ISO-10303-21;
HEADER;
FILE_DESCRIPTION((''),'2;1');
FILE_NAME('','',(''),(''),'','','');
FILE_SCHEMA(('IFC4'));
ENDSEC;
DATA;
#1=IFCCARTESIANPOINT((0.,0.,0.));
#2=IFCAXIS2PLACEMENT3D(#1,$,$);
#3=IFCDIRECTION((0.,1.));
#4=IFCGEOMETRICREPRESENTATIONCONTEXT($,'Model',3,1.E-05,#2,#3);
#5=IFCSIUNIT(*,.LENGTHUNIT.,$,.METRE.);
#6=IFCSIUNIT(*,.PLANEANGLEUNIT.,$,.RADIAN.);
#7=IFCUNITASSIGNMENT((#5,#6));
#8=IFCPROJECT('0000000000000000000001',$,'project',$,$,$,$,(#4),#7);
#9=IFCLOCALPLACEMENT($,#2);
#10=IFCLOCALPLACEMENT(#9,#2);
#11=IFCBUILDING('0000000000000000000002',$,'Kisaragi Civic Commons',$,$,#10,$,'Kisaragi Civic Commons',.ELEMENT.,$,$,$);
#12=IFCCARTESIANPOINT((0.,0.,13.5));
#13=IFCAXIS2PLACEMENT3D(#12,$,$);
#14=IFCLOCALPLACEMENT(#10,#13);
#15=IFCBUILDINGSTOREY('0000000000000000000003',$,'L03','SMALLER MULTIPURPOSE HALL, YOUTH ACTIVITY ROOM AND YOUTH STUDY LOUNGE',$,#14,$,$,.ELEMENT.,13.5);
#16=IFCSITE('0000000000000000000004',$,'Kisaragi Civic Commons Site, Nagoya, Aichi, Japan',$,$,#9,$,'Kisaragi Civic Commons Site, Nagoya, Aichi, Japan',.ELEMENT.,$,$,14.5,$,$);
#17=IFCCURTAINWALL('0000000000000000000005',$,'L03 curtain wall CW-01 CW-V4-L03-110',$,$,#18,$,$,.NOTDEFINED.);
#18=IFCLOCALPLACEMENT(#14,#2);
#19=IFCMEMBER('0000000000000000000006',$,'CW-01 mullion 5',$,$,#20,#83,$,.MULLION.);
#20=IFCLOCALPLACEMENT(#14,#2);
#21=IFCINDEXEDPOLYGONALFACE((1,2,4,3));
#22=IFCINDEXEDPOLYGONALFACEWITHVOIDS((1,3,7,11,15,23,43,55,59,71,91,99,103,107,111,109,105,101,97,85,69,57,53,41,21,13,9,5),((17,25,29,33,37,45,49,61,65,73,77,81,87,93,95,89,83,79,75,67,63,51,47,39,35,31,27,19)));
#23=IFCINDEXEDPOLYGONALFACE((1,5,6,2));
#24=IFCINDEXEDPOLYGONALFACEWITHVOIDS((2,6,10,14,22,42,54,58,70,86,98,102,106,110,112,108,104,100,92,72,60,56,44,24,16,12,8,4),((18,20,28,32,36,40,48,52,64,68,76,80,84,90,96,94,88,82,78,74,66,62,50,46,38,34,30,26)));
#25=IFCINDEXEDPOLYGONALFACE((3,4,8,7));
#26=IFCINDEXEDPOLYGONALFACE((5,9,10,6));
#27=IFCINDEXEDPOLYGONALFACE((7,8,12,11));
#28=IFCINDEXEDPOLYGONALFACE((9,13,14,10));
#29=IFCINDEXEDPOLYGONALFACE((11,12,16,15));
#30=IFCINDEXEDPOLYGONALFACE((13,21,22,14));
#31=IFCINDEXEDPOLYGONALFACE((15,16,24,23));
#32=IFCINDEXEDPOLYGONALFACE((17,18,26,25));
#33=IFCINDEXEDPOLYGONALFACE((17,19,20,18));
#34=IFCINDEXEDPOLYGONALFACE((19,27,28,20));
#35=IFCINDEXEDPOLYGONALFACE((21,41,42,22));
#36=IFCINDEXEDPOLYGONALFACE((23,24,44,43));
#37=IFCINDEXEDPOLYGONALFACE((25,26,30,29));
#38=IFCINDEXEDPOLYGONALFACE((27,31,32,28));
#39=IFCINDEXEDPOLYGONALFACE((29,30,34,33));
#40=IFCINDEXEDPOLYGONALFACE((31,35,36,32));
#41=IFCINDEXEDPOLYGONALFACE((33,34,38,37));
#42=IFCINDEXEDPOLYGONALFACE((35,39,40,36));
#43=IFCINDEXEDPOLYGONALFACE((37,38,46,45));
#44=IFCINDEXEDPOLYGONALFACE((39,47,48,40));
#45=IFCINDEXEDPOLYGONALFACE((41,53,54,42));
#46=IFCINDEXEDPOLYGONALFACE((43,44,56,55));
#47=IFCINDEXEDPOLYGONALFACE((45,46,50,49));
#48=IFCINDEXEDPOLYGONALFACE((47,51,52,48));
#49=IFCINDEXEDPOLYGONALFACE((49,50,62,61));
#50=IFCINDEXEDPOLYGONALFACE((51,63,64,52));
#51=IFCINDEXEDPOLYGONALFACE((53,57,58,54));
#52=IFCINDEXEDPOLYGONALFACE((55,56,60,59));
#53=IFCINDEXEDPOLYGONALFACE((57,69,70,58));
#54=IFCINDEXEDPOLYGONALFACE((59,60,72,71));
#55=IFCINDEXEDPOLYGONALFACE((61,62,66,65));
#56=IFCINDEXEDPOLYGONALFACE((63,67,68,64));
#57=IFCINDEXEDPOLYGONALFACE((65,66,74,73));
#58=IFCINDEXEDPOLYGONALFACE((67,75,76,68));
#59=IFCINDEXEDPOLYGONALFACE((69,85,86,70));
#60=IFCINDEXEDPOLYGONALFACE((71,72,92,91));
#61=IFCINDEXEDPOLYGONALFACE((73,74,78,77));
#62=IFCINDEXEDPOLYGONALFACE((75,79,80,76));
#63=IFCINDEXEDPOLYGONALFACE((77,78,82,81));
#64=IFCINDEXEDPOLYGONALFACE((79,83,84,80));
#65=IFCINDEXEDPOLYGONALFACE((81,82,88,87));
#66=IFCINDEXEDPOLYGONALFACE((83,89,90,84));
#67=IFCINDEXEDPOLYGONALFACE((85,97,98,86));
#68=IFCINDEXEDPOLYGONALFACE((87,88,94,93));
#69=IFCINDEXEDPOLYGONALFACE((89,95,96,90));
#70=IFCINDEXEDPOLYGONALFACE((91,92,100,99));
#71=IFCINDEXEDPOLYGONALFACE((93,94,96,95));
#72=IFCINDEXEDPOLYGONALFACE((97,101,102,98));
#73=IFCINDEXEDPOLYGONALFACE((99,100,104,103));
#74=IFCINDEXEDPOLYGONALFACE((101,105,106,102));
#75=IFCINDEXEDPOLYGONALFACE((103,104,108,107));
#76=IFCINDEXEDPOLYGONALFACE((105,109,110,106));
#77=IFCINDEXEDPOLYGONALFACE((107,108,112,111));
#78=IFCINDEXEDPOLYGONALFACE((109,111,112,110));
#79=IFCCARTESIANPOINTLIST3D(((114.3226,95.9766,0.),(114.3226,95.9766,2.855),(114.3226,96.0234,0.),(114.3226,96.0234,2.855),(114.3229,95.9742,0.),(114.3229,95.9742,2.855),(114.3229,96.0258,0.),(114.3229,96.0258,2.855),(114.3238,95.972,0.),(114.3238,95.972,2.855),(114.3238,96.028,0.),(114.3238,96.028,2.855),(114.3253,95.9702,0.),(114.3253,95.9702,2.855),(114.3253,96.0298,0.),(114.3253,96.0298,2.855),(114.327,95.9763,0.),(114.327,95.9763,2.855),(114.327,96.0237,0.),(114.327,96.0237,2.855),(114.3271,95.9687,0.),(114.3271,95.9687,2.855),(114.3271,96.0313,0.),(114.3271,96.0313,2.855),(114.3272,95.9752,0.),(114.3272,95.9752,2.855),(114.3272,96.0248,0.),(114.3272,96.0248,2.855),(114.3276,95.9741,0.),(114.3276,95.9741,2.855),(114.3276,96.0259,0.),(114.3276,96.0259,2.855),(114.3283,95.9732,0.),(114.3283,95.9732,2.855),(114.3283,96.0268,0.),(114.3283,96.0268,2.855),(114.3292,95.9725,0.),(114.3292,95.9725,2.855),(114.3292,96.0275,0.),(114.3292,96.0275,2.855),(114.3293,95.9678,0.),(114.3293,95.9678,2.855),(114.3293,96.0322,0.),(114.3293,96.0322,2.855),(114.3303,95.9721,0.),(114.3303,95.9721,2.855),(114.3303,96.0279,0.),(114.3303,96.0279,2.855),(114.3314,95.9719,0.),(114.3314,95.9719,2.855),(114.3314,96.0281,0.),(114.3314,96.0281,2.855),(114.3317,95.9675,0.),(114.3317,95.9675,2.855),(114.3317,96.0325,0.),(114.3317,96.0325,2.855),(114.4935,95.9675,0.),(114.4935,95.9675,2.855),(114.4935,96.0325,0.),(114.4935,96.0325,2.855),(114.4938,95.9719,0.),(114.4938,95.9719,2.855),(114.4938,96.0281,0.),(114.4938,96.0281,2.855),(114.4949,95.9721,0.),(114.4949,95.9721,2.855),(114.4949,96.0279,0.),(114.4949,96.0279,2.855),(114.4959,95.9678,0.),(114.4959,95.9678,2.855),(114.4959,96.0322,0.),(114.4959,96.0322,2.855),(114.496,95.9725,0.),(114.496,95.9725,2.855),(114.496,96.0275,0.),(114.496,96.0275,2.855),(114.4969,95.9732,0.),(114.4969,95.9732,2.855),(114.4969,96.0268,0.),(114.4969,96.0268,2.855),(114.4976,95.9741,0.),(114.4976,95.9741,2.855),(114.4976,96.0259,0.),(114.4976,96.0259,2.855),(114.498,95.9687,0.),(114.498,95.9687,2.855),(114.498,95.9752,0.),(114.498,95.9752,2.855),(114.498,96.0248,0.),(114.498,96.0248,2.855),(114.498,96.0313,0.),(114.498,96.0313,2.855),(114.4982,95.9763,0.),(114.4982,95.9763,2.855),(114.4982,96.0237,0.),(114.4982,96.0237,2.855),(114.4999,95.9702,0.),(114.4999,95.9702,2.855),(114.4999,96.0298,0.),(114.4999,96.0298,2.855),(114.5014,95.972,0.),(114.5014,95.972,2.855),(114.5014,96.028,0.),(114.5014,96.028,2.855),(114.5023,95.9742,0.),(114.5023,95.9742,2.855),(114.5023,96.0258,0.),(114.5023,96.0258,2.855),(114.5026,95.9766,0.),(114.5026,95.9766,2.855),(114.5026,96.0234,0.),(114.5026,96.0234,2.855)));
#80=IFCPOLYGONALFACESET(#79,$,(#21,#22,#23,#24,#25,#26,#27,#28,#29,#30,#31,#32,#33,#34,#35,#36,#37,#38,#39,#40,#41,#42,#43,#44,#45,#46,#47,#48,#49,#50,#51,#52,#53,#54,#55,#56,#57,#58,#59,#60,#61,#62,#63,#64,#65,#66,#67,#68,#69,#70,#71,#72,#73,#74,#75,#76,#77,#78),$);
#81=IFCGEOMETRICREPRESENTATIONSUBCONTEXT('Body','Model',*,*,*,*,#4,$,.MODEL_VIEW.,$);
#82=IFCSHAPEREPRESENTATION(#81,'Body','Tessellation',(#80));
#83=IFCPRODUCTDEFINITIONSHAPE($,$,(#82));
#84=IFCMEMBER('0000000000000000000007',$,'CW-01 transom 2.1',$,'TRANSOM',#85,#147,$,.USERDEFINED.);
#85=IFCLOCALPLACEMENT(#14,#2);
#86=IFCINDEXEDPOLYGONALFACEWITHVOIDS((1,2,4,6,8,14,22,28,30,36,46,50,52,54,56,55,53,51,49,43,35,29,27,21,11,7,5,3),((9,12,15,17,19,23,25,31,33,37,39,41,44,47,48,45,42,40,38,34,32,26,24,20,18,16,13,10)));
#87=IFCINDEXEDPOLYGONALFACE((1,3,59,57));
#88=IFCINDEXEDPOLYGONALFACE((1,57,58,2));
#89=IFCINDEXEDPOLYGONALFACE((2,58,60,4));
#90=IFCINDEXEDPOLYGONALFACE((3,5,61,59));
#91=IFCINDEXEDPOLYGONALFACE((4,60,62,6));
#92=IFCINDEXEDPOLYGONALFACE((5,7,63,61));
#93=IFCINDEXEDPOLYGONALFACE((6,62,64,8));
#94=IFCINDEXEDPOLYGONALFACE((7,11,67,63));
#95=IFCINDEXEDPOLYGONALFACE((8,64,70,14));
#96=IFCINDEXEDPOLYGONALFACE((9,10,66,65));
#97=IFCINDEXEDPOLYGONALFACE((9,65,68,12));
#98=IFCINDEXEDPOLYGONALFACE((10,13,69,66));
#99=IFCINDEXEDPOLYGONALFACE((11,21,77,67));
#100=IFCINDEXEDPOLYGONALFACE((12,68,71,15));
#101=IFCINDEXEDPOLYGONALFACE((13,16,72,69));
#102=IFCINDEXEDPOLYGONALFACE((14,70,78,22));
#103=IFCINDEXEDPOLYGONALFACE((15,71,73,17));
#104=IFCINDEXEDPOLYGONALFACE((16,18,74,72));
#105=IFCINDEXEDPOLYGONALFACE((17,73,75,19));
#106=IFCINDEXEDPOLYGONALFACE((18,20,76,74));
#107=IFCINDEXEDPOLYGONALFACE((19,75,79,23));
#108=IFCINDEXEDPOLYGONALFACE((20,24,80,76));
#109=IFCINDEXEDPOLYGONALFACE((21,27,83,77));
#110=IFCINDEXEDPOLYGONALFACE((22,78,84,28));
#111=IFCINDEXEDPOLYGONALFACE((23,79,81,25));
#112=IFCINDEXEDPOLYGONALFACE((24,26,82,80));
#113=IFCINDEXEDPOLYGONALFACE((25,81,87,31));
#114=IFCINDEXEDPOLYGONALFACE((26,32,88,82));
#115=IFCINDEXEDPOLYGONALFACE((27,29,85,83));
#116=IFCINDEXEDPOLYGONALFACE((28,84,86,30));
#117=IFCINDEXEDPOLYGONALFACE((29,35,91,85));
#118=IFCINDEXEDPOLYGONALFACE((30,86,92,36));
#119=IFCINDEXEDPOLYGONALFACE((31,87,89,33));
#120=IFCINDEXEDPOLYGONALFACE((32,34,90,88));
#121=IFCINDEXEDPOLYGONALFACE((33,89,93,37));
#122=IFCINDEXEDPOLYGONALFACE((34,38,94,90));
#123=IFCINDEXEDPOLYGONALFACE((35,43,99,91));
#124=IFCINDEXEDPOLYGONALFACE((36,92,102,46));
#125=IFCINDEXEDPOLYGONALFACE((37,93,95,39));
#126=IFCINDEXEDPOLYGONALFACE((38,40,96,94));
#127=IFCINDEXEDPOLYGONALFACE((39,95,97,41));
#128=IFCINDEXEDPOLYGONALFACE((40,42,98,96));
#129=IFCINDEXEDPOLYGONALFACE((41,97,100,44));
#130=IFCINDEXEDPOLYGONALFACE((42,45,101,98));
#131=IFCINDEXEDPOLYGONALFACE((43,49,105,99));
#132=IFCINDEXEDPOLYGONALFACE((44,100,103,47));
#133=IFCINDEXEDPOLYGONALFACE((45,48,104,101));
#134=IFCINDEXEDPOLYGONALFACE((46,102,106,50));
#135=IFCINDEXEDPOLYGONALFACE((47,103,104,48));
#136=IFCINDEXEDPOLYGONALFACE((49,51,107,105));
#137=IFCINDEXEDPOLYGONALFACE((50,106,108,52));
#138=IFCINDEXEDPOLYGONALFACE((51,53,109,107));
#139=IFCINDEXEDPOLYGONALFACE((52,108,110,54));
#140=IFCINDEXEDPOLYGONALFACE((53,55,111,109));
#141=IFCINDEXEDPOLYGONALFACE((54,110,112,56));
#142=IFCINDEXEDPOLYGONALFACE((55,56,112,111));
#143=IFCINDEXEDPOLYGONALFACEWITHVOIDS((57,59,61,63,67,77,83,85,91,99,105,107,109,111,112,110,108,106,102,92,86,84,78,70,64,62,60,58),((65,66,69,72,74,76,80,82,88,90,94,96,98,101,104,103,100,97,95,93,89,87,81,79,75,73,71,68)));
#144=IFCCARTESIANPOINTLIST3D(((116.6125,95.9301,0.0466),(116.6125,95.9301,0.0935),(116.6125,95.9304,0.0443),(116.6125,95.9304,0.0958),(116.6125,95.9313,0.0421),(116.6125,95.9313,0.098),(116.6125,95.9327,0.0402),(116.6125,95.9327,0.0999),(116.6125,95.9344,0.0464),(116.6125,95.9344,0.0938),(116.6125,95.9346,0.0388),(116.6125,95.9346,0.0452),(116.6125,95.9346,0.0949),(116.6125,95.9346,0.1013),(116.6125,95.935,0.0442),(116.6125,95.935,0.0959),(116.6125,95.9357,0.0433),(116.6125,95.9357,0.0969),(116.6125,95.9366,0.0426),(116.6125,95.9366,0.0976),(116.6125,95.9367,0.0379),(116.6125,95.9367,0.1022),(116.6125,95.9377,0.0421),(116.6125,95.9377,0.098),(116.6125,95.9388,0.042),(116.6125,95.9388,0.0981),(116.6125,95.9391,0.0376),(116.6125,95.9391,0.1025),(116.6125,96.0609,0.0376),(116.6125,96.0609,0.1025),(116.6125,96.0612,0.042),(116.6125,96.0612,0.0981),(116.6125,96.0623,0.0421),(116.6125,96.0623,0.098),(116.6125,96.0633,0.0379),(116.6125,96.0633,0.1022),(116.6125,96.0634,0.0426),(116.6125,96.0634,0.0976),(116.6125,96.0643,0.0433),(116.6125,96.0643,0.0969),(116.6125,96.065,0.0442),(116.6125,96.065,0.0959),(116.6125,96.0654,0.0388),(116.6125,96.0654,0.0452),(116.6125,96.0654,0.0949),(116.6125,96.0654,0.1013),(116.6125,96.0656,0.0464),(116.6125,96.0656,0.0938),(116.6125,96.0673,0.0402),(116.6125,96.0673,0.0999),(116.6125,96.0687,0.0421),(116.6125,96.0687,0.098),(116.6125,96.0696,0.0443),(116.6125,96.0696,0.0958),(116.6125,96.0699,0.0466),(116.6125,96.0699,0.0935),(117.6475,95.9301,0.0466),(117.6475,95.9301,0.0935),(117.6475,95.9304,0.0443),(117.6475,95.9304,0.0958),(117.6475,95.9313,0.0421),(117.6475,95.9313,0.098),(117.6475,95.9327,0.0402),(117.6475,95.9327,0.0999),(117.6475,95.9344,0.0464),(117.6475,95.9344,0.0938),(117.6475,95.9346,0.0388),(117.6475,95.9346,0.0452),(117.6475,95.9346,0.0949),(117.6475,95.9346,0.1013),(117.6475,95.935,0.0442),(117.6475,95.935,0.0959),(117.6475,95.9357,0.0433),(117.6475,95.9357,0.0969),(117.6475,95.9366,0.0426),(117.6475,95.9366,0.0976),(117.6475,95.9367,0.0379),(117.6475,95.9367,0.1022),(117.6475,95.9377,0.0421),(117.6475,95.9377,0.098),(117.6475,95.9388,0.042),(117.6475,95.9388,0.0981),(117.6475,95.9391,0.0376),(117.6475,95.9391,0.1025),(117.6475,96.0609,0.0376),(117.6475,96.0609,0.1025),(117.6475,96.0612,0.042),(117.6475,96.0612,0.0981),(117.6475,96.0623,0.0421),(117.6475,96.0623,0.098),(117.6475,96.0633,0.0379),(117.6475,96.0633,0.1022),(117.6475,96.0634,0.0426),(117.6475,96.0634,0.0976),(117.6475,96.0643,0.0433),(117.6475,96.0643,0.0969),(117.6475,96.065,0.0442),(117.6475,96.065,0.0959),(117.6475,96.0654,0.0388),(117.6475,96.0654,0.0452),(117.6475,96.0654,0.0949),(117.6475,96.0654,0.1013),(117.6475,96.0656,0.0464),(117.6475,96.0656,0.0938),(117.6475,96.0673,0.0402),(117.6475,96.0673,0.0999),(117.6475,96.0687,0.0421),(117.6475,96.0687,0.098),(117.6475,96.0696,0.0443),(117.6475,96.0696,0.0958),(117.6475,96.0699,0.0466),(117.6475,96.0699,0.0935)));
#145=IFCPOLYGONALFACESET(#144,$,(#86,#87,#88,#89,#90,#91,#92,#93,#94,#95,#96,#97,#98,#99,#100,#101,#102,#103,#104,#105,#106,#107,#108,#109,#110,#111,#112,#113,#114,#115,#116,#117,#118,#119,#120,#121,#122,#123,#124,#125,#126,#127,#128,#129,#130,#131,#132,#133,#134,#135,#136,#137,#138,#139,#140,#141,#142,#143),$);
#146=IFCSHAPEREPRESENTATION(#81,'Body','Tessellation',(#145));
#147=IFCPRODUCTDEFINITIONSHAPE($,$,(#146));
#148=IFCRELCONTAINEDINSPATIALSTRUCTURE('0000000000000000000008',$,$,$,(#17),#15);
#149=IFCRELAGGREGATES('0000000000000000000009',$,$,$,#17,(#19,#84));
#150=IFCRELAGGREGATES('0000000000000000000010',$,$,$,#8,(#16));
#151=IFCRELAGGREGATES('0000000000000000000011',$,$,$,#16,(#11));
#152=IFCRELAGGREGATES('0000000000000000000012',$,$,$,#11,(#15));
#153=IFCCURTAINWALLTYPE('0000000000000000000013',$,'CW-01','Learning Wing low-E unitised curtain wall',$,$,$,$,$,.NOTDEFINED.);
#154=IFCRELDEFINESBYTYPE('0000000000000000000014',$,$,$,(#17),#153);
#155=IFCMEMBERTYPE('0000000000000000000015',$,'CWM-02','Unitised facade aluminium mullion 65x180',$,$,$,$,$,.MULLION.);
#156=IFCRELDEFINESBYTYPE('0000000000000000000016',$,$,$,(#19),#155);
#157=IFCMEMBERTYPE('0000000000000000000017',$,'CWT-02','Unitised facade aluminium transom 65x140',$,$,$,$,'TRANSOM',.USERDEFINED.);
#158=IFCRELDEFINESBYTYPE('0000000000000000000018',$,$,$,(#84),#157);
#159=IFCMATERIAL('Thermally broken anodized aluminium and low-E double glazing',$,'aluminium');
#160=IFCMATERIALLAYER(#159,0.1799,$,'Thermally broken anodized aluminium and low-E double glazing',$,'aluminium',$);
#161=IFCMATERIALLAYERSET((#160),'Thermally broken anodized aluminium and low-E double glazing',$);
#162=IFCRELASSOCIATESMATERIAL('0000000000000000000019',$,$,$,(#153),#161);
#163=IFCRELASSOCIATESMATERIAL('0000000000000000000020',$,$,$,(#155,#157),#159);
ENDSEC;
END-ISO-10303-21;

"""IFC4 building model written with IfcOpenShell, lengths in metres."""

from ifc_helpers import new_model, si_unit, direction, frame, origin, origin_2d, place, context, subcontext, project, spatial, hollow_rectangle, extrude, material, layer, layer_set, material_profile, profile_set, type_object, element, aggregate, save


model = new_model("IFC4")

# Units and contexts
model_context = context("Model", 3, precision=1e-05, world=origin(), true_north=direction((0.0, 1.0)))
body_context = subcontext(model_context, "Body", "Model", "MODEL_VIEW")
ifc_project = project(units=[si_unit("LENGTHUNIT", "METRE"), si_unit("PLANEANGLEUNIT", "RADIAN")], contexts=[model_context])

# Site, building, storey
site_placement = place(None, origin())
site = spatial("IfcSite", under=ifc_project, at=site_placement, Name="Kisaragi Civic Commons Site, Nagoya, Aichi, Japan", LongName="Kisaragi Civic Commons Site, Nagoya, Aichi, Japan", CompositionType="ELEMENT", RefElevation=14.5)
building_placement = place(site_placement, origin())
building = spatial("IfcBuilding", under=site, at=building_placement, Name="Kisaragi Civic Commons", LongName="Kisaragi Civic Commons", CompositionType="ELEMENT")
storey_placement = place(building_placement, frame((0.0, 0.0, 13.5)))
storey = spatial("IfcBuildingStorey", under=building, at=storey_placement, Name="L03", Description="SMALLER MULTIPURPOSE HALL, YOUTH ACTIVITY ROOM AND YOUTH STUDY LOUNGE", CompositionType="ELEMENT", Elevation=13.5)

# Curtain wall, members
ifc_material_1 = material(Name="Thermally broken anodized aluminium and low-E double glazing", Category="aluminium")
ifc_layer_1 = layer(ifc_material_1, 0.1799, Name="Thermally broken anodized aluminium and low-E double glazing", Category="aluminium")
ifc_layer_set_1 = layer_set([ifc_layer_1], Name="Thermally broken anodized aluminium and low-E double glazing")
curtain_wall_type = type_object("IfcCurtainWallType", Name="CW-01", Description="Learning Wing low-E unitised curtain wall", PredefinedType="NOTDEFINED", material=ifc_layer_set_1)
curtain_wall_placement = place(storey_placement, origin())
curtain_wall = element("IfcCurtainWall", 1, at=curtain_wall_placement, inside=storey, type_object=curtain_wall_type, Name="L03 curtain wall CW-01 CW-V4-L03-110", PredefinedType="NOTDEFINED")
ifc_material_profile_1 = material_profile(ifc_material_1, hollow_rectangle(XDim=0.0649, YDim=0.1799, WallThickness=0.0044, InnerFilletRadius=0.0044, OuterFilletRadius=0.009, at=origin_2d()), Name="CWM-65x180x4.5", Category="aluminium")
ifc_profile_set_1 = profile_set([ifc_material_profile_1], Name="Thermally broken anodized aluminium and low-E double glazing")
member_type_1 = type_object("IfcMemberType", Name="CWM-02", Description="Unitised facade aluminium mullion 65x180", PredefinedType="MULLION", material=ifc_profile_set_1)
member_1_placement = place(storey_placement, frame((114.4126, 96.0, 0.0), z_axis=(0.0, 0.0, 1.0), x_axis=(0.0, -1.0, 0.0)))
member_1 = element("IfcMember", 2, at=member_1_placement, type_object=member_type_1, Name="CW-01 mullion 5", PredefinedType="MULLION", context=body_context, shape_type="SweptSolid", body=[
    extrude(hollow_rectangle(XDim=0.0649, YDim=0.1799, WallThickness=0.0044, InnerFilletRadius=0.0044, OuterFilletRadius=0.009, at=origin_2d()), origin(), (0.0, 0.0, 1.0), 2.855),
])
ifc_material_profile_2 = material_profile(ifc_material_1, hollow_rectangle(XDim=0.1399, YDim=0.0649, WallThickness=0.0044, InnerFilletRadius=0.0044, OuterFilletRadius=0.009, at=origin_2d()), Name="CWT-65x140x4.5", Category="aluminium")
ifc_profile_set_2 = profile_set([ifc_material_profile_2], Name="Thermally broken anodized aluminium and low-E double glazing")
member_type_2 = type_object("IfcMemberType", Name="CWT-02", Description="Unitised facade aluminium transom 65x140", ElementType="TRANSOM", PredefinedType="USERDEFINED", material=ifc_profile_set_2)
member_2_placement = place(storey_placement, frame((117.6475, 96.0, 0.0701), z_axis=(-1.0, 0.0, 0.0), x_axis=(0.0, -1.0, 0.0)))
member_2 = element("IfcMember", 3, at=member_2_placement, type_object=member_type_2, Name="CW-01 transom 2.1", ObjectType="TRANSOM", PredefinedType="USERDEFINED", context=body_context, shape_type="SweptSolid", body=[
    extrude(hollow_rectangle(XDim=0.1399, YDim=0.0649, WallThickness=0.0044, InnerFilletRadius=0.0044, OuterFilletRadius=0.009, at=origin_2d()), origin(), (0.0, 0.0, 1.0), 1.0349),
])
aggregate(curtain_wall, [member_1, member_2])

save(model, "model.ifc")
